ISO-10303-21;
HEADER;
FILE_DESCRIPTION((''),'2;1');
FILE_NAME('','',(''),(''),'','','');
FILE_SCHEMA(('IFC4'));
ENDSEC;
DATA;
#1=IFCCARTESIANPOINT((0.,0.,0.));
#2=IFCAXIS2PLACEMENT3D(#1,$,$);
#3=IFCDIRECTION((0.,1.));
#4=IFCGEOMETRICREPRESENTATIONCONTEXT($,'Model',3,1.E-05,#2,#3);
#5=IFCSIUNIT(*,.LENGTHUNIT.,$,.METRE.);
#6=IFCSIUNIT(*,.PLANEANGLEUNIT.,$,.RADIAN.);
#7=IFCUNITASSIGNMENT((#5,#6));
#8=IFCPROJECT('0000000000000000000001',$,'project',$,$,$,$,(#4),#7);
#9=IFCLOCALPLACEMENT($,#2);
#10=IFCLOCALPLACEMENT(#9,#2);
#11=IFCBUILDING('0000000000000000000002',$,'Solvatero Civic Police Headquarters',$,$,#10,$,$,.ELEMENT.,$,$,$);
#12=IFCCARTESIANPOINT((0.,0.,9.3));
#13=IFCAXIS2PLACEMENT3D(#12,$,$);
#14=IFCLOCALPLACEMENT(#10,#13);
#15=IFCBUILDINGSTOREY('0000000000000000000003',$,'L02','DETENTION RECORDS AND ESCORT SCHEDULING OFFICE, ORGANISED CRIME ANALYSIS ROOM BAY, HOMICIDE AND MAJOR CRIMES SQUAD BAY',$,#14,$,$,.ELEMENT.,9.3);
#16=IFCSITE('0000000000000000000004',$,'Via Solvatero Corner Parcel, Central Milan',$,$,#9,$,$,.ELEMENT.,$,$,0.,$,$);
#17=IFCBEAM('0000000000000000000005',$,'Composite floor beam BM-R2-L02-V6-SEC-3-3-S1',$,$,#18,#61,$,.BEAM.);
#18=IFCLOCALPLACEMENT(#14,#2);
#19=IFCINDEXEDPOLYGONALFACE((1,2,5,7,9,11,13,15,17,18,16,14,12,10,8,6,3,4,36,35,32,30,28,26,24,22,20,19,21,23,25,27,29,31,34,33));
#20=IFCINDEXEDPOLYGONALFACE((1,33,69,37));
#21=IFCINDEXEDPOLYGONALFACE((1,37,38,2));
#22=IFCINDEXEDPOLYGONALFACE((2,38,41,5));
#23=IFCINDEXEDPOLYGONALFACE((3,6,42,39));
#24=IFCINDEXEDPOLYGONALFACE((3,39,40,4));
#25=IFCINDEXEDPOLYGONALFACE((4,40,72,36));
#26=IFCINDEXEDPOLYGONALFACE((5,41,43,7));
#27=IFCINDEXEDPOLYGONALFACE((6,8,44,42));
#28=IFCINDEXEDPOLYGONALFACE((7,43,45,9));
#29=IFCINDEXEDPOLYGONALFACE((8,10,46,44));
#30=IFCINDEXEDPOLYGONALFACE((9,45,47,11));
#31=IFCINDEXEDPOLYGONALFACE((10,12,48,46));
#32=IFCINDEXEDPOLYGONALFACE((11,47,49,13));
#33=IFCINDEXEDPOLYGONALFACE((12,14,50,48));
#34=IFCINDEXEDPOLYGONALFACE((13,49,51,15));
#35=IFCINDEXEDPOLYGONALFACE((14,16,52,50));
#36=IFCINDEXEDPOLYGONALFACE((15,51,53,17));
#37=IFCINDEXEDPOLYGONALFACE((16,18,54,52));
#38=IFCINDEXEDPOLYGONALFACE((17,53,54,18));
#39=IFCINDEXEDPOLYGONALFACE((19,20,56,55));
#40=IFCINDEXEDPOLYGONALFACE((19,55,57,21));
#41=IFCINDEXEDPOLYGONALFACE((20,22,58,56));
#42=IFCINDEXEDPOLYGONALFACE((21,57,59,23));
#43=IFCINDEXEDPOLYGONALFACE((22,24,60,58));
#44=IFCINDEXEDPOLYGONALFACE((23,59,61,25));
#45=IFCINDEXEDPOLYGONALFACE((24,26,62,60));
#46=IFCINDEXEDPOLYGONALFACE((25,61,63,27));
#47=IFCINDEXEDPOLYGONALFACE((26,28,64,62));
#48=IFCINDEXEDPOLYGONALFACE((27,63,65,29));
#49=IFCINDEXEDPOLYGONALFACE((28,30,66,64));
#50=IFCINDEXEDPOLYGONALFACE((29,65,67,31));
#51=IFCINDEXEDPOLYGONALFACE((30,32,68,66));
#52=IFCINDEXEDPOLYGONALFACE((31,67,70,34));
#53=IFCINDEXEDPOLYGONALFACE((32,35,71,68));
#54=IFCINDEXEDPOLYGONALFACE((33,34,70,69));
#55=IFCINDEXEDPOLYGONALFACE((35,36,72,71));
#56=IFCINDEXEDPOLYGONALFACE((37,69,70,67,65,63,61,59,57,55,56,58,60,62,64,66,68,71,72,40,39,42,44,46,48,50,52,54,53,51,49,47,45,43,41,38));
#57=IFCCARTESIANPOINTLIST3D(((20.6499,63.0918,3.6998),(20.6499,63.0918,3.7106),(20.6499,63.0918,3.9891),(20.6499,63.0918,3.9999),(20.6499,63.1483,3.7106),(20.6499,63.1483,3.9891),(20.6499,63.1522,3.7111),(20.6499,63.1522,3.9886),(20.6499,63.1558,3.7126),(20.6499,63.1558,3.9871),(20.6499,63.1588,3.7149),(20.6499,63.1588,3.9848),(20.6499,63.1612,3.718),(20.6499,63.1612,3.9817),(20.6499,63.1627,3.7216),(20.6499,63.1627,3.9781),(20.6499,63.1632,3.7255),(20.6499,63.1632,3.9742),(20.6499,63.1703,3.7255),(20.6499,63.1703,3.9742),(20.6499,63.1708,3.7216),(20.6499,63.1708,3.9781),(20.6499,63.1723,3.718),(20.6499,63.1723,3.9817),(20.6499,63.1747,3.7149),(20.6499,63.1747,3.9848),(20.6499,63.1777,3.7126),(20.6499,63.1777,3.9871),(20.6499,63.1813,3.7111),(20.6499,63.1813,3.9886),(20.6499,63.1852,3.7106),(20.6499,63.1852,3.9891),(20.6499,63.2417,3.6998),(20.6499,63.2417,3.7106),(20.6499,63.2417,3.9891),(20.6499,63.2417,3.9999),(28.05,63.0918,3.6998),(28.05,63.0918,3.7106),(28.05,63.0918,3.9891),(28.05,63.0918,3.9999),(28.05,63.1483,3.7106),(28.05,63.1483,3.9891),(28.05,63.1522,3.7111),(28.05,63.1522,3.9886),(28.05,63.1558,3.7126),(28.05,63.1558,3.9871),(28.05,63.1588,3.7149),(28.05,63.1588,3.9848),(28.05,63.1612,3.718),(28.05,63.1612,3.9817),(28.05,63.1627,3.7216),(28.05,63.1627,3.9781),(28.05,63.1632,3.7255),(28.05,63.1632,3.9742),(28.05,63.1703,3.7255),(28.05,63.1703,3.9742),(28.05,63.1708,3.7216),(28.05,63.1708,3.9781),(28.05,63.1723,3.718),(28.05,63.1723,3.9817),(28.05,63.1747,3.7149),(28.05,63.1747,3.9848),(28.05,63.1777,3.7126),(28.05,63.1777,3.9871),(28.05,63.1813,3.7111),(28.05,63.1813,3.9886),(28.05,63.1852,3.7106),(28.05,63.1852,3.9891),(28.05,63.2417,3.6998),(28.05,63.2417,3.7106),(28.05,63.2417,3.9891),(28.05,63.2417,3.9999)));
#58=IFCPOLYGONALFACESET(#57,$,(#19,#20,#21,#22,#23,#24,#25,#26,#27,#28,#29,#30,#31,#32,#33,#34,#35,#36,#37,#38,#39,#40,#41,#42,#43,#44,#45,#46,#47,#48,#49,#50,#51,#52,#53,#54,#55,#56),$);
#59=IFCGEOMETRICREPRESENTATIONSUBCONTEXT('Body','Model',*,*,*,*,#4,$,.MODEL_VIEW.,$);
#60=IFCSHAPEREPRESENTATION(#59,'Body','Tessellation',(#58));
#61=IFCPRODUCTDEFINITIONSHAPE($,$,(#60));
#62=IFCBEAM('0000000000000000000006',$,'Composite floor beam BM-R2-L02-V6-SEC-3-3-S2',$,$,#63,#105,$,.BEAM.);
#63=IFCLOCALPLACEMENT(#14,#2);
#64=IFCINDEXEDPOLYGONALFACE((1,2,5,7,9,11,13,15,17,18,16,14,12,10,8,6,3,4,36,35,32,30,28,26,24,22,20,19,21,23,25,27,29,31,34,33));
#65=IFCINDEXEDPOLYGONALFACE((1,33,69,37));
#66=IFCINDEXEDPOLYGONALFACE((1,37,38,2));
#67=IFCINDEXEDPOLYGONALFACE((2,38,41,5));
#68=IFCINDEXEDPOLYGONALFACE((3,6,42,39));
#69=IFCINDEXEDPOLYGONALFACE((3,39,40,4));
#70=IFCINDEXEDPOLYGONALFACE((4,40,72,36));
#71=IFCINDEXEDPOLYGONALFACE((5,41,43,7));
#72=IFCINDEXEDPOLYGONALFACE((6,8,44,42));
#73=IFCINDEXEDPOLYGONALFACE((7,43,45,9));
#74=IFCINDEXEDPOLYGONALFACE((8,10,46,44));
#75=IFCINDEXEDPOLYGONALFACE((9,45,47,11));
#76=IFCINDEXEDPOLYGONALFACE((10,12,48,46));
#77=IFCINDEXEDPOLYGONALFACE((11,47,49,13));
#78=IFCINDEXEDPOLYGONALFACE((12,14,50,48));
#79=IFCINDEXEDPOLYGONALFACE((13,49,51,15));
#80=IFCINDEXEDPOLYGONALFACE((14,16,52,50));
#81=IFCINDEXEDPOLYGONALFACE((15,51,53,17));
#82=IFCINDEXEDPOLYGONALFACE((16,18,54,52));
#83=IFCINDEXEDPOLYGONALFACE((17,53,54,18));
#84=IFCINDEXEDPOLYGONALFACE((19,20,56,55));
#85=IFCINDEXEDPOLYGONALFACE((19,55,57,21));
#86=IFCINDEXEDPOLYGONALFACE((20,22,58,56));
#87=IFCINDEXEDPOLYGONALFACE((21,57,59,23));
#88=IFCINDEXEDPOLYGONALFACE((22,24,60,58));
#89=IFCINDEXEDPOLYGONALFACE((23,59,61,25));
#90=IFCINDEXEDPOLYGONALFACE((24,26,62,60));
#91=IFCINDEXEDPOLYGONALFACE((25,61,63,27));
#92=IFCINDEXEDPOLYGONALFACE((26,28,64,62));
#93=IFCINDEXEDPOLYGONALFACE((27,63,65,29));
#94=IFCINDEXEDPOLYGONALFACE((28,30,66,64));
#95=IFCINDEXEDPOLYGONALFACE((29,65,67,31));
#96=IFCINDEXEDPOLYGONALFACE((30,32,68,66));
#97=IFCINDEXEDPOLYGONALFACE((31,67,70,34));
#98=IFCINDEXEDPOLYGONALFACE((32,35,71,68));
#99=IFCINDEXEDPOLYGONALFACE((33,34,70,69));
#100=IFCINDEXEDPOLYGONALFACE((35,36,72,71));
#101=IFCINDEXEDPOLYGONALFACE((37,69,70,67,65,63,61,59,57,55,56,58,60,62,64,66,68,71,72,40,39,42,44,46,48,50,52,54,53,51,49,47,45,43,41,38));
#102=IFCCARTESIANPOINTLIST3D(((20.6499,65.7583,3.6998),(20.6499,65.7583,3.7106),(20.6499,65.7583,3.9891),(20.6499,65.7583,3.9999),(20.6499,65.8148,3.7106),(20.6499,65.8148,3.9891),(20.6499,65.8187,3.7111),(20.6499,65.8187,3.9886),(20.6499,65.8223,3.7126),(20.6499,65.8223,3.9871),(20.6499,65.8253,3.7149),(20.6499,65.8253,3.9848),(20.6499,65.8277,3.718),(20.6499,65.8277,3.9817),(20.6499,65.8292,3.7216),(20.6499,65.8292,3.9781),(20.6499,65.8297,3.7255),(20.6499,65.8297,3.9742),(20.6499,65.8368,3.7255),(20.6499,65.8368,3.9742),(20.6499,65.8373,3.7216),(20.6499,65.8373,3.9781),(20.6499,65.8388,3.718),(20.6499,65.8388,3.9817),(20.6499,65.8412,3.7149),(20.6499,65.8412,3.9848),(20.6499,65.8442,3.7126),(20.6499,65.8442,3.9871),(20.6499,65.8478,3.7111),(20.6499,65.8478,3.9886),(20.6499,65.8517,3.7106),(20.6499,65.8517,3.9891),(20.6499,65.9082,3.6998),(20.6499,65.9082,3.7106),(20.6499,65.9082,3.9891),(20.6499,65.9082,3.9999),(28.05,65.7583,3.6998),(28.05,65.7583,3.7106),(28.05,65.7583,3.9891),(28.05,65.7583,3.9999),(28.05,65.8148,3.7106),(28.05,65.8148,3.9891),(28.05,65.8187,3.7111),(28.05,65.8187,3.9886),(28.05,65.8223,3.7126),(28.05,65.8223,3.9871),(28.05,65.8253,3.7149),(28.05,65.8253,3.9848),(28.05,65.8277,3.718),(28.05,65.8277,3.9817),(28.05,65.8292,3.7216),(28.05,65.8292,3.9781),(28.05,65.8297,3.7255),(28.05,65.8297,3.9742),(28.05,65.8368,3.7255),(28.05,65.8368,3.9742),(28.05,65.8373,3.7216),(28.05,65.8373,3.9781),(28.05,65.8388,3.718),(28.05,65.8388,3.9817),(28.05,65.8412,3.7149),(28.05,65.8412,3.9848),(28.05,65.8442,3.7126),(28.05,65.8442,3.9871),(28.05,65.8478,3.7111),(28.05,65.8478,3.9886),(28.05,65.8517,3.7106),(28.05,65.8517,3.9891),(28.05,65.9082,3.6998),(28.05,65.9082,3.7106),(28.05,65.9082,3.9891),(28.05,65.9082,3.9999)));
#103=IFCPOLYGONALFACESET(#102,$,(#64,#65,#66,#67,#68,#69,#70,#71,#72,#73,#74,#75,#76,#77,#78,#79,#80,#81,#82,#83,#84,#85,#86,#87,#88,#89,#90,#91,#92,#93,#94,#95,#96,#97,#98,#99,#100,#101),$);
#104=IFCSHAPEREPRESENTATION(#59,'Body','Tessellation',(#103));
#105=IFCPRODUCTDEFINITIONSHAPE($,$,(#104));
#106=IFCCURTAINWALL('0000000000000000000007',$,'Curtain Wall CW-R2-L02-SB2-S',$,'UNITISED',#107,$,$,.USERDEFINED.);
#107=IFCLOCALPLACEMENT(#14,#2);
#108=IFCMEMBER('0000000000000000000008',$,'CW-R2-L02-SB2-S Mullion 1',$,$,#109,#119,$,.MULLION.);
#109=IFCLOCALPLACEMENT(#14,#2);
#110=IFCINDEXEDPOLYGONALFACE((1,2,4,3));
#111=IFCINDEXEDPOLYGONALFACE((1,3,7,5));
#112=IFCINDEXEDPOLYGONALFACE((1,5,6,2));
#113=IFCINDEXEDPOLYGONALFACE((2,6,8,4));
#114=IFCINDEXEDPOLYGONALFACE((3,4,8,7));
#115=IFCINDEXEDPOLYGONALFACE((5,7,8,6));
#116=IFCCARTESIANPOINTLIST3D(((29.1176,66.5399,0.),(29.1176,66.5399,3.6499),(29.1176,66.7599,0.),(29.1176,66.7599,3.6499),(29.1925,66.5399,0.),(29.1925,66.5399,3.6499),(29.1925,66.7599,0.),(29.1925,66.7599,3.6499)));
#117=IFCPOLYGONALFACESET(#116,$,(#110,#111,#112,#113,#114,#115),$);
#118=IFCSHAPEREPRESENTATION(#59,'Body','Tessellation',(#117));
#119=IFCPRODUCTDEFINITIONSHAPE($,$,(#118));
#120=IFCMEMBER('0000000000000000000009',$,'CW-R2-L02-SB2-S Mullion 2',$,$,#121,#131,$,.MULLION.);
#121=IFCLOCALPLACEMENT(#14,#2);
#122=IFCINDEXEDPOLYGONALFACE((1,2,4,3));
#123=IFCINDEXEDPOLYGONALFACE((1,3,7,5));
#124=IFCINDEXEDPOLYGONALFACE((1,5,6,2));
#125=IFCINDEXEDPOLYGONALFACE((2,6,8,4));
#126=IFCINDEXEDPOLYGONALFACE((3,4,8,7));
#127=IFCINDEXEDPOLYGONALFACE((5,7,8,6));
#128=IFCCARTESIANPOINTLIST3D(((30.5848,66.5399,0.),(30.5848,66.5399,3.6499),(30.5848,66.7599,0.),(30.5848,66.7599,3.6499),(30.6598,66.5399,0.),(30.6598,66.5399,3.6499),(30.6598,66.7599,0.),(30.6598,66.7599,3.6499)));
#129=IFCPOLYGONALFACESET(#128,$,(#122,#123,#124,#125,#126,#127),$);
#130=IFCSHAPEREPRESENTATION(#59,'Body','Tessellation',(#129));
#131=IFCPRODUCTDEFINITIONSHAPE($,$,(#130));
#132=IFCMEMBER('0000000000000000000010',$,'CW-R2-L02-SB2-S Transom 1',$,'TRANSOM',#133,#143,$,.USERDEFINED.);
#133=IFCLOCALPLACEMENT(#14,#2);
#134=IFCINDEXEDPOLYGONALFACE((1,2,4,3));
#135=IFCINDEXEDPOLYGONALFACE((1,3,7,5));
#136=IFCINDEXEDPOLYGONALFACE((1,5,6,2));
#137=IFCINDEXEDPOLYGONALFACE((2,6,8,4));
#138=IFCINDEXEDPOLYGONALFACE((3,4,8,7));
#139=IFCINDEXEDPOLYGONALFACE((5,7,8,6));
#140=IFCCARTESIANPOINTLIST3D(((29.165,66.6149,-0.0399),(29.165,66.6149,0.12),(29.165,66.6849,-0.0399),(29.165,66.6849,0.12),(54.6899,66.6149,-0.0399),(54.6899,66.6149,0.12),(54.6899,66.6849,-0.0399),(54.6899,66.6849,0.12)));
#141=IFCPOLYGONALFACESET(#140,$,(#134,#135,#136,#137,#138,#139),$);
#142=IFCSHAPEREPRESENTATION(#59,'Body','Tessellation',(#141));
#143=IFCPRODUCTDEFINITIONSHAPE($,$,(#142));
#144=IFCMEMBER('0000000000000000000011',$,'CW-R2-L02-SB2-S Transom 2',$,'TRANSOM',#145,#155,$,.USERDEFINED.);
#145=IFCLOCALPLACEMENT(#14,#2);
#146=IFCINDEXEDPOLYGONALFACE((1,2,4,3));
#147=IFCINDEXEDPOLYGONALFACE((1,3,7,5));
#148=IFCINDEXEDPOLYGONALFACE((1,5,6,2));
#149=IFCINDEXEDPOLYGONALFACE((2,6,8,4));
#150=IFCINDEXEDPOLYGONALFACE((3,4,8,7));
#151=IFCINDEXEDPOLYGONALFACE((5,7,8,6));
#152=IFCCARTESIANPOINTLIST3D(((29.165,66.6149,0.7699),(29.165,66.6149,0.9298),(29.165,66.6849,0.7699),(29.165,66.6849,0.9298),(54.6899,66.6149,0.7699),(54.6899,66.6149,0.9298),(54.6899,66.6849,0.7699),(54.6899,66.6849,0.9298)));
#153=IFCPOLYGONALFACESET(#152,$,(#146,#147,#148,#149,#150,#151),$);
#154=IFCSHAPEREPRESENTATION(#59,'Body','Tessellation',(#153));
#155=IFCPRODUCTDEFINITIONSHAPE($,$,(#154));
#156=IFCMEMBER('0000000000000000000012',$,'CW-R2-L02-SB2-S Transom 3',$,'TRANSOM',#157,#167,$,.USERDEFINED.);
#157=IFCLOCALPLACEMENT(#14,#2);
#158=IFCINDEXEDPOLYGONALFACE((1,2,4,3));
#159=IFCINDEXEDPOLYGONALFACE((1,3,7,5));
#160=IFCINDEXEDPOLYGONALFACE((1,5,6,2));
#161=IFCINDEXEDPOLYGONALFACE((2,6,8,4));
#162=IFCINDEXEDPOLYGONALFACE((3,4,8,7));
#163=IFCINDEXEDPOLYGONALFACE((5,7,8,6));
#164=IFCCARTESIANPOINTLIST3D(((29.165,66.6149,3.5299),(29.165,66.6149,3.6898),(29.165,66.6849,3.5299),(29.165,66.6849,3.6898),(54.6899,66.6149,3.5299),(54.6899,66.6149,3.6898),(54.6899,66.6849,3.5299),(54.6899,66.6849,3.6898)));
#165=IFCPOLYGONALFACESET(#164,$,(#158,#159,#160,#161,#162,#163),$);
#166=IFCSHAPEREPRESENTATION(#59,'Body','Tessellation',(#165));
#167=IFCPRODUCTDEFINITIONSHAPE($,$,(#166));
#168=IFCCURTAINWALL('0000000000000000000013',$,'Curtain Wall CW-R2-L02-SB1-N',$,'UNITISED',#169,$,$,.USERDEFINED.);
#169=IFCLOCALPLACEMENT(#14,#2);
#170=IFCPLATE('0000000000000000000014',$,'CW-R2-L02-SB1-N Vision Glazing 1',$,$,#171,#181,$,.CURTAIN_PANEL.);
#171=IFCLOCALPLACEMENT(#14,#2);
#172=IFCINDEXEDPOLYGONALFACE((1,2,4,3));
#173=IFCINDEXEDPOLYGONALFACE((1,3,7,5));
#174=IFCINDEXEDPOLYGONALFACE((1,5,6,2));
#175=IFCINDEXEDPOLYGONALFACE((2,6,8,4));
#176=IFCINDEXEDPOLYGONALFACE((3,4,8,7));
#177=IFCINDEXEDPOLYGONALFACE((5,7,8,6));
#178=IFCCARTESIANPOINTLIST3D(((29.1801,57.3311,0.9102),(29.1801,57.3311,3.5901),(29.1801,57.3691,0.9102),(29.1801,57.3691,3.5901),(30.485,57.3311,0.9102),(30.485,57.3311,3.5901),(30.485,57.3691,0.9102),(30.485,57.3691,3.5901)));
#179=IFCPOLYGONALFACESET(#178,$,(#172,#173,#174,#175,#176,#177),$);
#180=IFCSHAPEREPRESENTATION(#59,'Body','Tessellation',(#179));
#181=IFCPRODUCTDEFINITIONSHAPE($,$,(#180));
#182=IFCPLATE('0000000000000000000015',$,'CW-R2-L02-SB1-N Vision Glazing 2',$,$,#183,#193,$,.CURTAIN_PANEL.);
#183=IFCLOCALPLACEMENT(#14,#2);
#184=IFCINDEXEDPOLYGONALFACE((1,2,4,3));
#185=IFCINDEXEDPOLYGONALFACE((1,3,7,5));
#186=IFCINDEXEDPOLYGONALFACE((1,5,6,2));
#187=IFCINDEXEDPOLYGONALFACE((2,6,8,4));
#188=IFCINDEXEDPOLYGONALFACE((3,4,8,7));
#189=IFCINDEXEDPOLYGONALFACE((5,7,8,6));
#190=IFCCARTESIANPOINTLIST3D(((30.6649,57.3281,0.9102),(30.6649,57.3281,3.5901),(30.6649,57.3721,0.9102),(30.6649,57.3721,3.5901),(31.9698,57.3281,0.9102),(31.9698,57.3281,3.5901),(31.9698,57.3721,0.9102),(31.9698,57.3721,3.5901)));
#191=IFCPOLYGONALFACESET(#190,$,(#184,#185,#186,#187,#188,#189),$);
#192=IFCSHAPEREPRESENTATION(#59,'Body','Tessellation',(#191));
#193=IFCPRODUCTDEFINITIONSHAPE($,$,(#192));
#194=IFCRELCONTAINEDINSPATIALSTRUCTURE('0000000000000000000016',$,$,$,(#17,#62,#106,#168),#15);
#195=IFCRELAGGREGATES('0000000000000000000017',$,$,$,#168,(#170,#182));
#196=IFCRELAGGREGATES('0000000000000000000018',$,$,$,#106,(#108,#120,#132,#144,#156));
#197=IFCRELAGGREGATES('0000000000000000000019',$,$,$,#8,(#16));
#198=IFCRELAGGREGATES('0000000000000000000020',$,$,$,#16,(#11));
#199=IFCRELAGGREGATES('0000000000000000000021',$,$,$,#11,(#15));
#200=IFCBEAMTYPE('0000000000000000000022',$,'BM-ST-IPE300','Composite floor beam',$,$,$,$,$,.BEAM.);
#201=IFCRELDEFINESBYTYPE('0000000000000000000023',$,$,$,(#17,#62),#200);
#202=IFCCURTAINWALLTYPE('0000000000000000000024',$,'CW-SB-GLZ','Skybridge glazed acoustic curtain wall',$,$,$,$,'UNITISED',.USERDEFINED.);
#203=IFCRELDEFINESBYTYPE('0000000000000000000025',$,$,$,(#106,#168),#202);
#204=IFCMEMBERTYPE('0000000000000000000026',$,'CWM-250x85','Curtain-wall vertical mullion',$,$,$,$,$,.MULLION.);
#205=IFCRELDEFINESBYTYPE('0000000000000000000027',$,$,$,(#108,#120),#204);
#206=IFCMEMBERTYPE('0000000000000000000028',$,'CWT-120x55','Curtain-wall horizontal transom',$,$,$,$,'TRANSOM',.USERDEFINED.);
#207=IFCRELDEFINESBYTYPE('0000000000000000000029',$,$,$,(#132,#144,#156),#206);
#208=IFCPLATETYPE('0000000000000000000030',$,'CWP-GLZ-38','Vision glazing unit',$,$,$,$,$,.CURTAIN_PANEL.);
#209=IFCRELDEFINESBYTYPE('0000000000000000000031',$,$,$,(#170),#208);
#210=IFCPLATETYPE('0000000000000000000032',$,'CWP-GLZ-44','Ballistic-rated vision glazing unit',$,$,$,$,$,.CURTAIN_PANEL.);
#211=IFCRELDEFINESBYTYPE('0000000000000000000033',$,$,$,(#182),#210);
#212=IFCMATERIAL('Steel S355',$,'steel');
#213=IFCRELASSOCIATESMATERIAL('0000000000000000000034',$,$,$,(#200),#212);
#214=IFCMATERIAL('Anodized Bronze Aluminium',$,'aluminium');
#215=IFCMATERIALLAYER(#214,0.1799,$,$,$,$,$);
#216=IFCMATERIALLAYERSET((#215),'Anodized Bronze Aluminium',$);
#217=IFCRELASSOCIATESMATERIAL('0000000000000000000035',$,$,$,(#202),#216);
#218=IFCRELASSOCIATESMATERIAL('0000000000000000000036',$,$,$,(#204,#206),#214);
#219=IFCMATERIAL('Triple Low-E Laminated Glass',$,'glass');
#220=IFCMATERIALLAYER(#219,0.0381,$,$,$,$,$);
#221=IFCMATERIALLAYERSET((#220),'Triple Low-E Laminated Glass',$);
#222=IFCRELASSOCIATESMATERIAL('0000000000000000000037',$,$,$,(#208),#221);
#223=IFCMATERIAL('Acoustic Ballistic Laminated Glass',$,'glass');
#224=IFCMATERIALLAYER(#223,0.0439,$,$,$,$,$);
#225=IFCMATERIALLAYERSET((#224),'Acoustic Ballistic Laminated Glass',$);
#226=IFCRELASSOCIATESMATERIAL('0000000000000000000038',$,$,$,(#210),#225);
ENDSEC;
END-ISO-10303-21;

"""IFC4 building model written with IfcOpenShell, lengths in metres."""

from ifc_helpers import new_model, si_unit, direction, frame, origin, origin_2d, place, context, subcontext, project, spatial, rectangle, i_section, extrude, material, layer, layer_set, material_profile, profile_set, type_object, element, aggregate, save


model = new_model("IFC4")

# Units and contexts
model_context = context("Model", 3, precision=1e-05, world=origin(), true_north=direction((0.0, 1.0)))
body_context = subcontext(model_context, "Body", "Model", "MODEL_VIEW")
ifc_project = project(units=[si_unit("LENGTHUNIT", "METRE"), si_unit("PLANEANGLEUNIT", "RADIAN")], contexts=[model_context])

# Site, building, storey
site_placement = place(None, origin())
site = spatial("IfcSite", under=ifc_project, at=site_placement, Name="Via Solvatero Corner Parcel, Central Milan", CompositionType="ELEMENT", RefElevation=0.0)
building_placement = place(site_placement, origin())
building = spatial("IfcBuilding", under=site, at=building_placement, Name="Solvatero Civic Police Headquarters", CompositionType="ELEMENT")
storey_placement = place(building_placement, frame((0.0, 0.0, 9.3)))
storey = spatial("IfcBuildingStorey", under=building, at=storey_placement, Name="L02", Description="DETENTION RECORDS AND ESCORT SCHEDULING OFFICE, ORGANISED CRIME ANALYSIS ROOM BAY, HOMICIDE AND MAJOR CRIMES SQUAD BAY", CompositionType="ELEMENT", Elevation=9.3)

# Shared definitions
ifc_material_1 = material(Name="Steel S355", Category="steel")

# Beams
ifc_material_profile_1 = material_profile(ifc_material_1, i_section(OverallWidth=0.1499, OverallDepth=0.3, WebThickness=0.0071, FlangeThickness=0.0107, FilletRadius=0.0149, at=origin_2d()), Name="IPE 300")
ifc_profile_set_1 = profile_set([ifc_material_profile_1], Name="Steel S355")
beam_type_1 = type_object("IfcBeamType", Name="BM-ST-IPE300", Description="Composite floor beam", PredefinedType="BEAM", material=ifc_profile_set_1)
for number, where, z_axis, x_axis, name in (
    (1, (20.6499, 63.1667, 3.8499), (1.0, 0.0, 0.0), (0.0, 1.0, 0.0), "Composite floor beam BM-R2-L02-V6-SEC-3-3-S1"),
    (2, (20.6499, 65.8333, 3.8499), (1.0, 0.0, 0.0), (0.0, 1.0, 0.0), "Composite floor beam BM-R2-L02-V6-SEC-3-3-S2"),
):
    element("IfcBeam", number, at=place(storey_placement, frame(where, z_axis=z_axis, x_axis=x_axis)), inside=storey, type_object=beam_type_1, Name=name, PredefinedType="BEAM", context=body_context, shape_type="SweptSolid", body=[
        extrude(i_section(OverallWidth=0.1499, OverallDepth=0.3, WebThickness=0.0071, FlangeThickness=0.0107, FilletRadius=0.0149, at=origin_2d()), origin(), (0.0, 0.0, 1.0), 7.4001),
    ])

# Curtain wall, members
ifc_material_2 = material(Name="Anodized Bronze Aluminium", Category="aluminium")
ifc_layer_1 = layer(ifc_material_2, 0.1799)
ifc_layer_set_1 = layer_set([ifc_layer_1], Name="Anodized Bronze Aluminium")
curtain_wall_type = type_object("IfcCurtainWallType", Name="CW-SB-GLZ", Description="Skybridge glazed acoustic curtain wall", ElementType="UNITISED", PredefinedType="USERDEFINED", material=ifc_layer_set_1)
curtain_wall_1_placement = place(storey_placement, origin())
curtain_wall_1 = element("IfcCurtainWall", 3, at=curtain_wall_1_placement, inside=storey, type_object=curtain_wall_type, Name="Curtain Wall CW-R2-L02-SB2-S", ObjectType="UNITISED", PredefinedType="USERDEFINED")
ifc_material_profile_2 = material_profile(ifc_material_2, rectangle(XDim=0.075, YDim=0.22, at=origin_2d()), Name="ALU MULLION 75x220")
ifc_profile_set_2 = profile_set([ifc_material_profile_2], Name="Anodized Bronze Aluminium")
member_type_1 = type_object("IfcMemberType", Name="CWM-250x85", Description="Curtain-wall vertical mullion", PredefinedType="MULLION", material=ifc_profile_set_2)
member_1_placement = place(storey_placement, frame((29.155, 66.6499, 0.0), z_axis=(0.0, 0.0, 1.0), x_axis=(1.0, 0.0, 0.0)))
member_1 = element("IfcMember", 4, at=member_1_placement, type_object=member_type_1, Name="CW-R2-L02-SB2-S Mullion 1", PredefinedType="MULLION", context=body_context, shape_type="SweptSolid", body=[
    extrude(rectangle(XDim=0.075, YDim=0.22, at=origin_2d()), origin(), (0.0, 0.0, 1.0), 3.6499),
])
member_2_placement = place(storey_placement, frame((30.6223, 66.6499, 0.0), z_axis=(0.0, 0.0, 1.0), x_axis=(1.0, 0.0, 0.0)))
member_2 = element("IfcMember", 5, at=member_2_placement, type_object=member_type_1, Name="CW-R2-L02-SB2-S Mullion 2", PredefinedType="MULLION", context=body_context, shape_type="SweptSolid", body=[
    extrude(rectangle(XDim=0.075, YDim=0.22, at=origin_2d()), origin(), (0.0, 0.0, 1.0), 3.6499),
])
ifc_material_profile_3 = material_profile(ifc_material_2, rectangle(XDim=0.0701, YDim=0.1599, at=origin_2d()), Name="ALU TRANSOM 70x160")
ifc_profile_set_3 = profile_set([ifc_material_profile_3], Name="Anodized Bronze Aluminium")
member_type_2 = type_object("IfcMemberType", Name="CWT-120x55", Description="Curtain-wall horizontal transom", ElementType="TRANSOM", PredefinedType="USERDEFINED", material=ifc_profile_set_3)
member_3_placement = place(storey_placement, frame((29.165, 66.6499, 0.04), z_axis=(1.0, 0.0, 0.0), x_axis=(0.0, 1.0, 0.0)))
member_3 = element("IfcMember", 6, at=member_3_placement, type_object=member_type_2, Name="CW-R2-L02-SB2-S Transom 1", ObjectType="TRANSOM", PredefinedType="USERDEFINED", context=body_context, shape_type="SweptSolid", body=[
    extrude(rectangle(XDim=0.0701, YDim=0.1599, at=origin_2d()), origin(), (0.0, 0.0, 1.0), 25.5249),
])
member_4_placement = place(storey_placement, frame((29.165, 66.6499, 0.8499), z_axis=(1.0, 0.0, 0.0), x_axis=(0.0, 1.0, 0.0)))
member_4 = element("IfcMember", 7, at=member_4_placement, type_object=member_type_2, Name="CW-R2-L02-SB2-S Transom 2", ObjectType="TRANSOM", PredefinedType="USERDEFINED", context=body_context, shape_type="SweptSolid", body=[
    extrude(rectangle(XDim=0.0701, YDim=0.1599, at=origin_2d()), origin(), (0.0, 0.0, 1.0), 25.5249),
])
member_5_placement = place(storey_placement, frame((29.165, 66.6499, 3.6099), z_axis=(1.0, 0.0, 0.0), x_axis=(0.0, 1.0, 0.0)))
member_5 = element("IfcMember", 8, at=member_5_placement, type_object=member_type_2, Name="CW-R2-L02-SB2-S Transom 3", ObjectType="TRANSOM", PredefinedType="USERDEFINED", context=body_context, shape_type="SweptSolid", body=[
    extrude(rectangle(XDim=0.0701, YDim=0.1599, at=origin_2d()), origin(), (0.0, 0.0, 1.0), 25.5249),
])

# Curtain wall, plates
curtain_wall_2_placement = place(storey_placement, origin())
curtain_wall_2 = element("IfcCurtainWall", 9, at=curtain_wall_2_placement, inside=storey, type_object=curtain_wall_type, Name="Curtain Wall CW-R2-L02-SB1-N", ObjectType="UNITISED", PredefinedType="USERDEFINED")
ifc_material_3 = material(Name="Triple Low-E Laminated Glass", Category="glass")
ifc_layer_2 = layer(ifc_material_3, 0.0381)
ifc_layer_set_2 = layer_set([ifc_layer_2], Name="Triple Low-E Laminated Glass")
plate_type_1 = type_object("IfcPlateType", Name="CWP-GLZ-38", Description="Vision glazing unit", PredefinedType="CURTAIN_PANEL", material=ifc_layer_set_2)
plate_1_placement = place(storey_placement, frame((29.8325, 57.3501, 0.9102), z_axis=(0.0, 0.0, 1.0), x_axis=(1.0, 0.0, 0.0)))
plate_1 = element("IfcPlate", 10, at=plate_1_placement, type_object=plate_type_1, Name="CW-R2-L02-SB1-N Vision Glazing 1", PredefinedType="CURTAIN_PANEL", context=body_context, shape_type="SweptSolid", body=[
    extrude(rectangle(XDim=1.3049, YDim=0.0381, at=origin_2d()), origin(), (0.0, 0.0, 1.0), 2.6799),
])
ifc_material_4 = material(Name="Acoustic Ballistic Laminated Glass", Category="glass")
ifc_layer_3 = layer(ifc_material_4, 0.0439)
ifc_layer_set_3 = layer_set([ifc_layer_3], Name="Acoustic Ballistic Laminated Glass")
plate_type_2 = type_object("IfcPlateType", Name="CWP-GLZ-44", Description="Ballistic-rated vision glazing unit", PredefinedType="CURTAIN_PANEL", material=ifc_layer_set_3)
plate_2_placement = place(storey_placement, frame((31.3174, 57.3501, 0.9102), z_axis=(0.0, 0.0, 1.0), x_axis=(1.0, 0.0, 0.0)))
plate_2 = element("IfcPlate", 11, at=plate_2_placement, type_object=plate_type_2, Name="CW-R2-L02-SB1-N Vision Glazing 2", PredefinedType="CURTAIN_PANEL", context=body_context, shape_type="SweptSolid", body=[
    extrude(rectangle(XDim=1.3049, YDim=0.0439, at=origin_2d()), origin(), (0.0, 0.0, 1.0), 2.6799),
])

aggregate(curtain_wall_2, [plate_1, plate_2])
aggregate(curtain_wall_1, [member_1, member_2, member_3, member_4, member_5])

save(model, "model.ifc")
